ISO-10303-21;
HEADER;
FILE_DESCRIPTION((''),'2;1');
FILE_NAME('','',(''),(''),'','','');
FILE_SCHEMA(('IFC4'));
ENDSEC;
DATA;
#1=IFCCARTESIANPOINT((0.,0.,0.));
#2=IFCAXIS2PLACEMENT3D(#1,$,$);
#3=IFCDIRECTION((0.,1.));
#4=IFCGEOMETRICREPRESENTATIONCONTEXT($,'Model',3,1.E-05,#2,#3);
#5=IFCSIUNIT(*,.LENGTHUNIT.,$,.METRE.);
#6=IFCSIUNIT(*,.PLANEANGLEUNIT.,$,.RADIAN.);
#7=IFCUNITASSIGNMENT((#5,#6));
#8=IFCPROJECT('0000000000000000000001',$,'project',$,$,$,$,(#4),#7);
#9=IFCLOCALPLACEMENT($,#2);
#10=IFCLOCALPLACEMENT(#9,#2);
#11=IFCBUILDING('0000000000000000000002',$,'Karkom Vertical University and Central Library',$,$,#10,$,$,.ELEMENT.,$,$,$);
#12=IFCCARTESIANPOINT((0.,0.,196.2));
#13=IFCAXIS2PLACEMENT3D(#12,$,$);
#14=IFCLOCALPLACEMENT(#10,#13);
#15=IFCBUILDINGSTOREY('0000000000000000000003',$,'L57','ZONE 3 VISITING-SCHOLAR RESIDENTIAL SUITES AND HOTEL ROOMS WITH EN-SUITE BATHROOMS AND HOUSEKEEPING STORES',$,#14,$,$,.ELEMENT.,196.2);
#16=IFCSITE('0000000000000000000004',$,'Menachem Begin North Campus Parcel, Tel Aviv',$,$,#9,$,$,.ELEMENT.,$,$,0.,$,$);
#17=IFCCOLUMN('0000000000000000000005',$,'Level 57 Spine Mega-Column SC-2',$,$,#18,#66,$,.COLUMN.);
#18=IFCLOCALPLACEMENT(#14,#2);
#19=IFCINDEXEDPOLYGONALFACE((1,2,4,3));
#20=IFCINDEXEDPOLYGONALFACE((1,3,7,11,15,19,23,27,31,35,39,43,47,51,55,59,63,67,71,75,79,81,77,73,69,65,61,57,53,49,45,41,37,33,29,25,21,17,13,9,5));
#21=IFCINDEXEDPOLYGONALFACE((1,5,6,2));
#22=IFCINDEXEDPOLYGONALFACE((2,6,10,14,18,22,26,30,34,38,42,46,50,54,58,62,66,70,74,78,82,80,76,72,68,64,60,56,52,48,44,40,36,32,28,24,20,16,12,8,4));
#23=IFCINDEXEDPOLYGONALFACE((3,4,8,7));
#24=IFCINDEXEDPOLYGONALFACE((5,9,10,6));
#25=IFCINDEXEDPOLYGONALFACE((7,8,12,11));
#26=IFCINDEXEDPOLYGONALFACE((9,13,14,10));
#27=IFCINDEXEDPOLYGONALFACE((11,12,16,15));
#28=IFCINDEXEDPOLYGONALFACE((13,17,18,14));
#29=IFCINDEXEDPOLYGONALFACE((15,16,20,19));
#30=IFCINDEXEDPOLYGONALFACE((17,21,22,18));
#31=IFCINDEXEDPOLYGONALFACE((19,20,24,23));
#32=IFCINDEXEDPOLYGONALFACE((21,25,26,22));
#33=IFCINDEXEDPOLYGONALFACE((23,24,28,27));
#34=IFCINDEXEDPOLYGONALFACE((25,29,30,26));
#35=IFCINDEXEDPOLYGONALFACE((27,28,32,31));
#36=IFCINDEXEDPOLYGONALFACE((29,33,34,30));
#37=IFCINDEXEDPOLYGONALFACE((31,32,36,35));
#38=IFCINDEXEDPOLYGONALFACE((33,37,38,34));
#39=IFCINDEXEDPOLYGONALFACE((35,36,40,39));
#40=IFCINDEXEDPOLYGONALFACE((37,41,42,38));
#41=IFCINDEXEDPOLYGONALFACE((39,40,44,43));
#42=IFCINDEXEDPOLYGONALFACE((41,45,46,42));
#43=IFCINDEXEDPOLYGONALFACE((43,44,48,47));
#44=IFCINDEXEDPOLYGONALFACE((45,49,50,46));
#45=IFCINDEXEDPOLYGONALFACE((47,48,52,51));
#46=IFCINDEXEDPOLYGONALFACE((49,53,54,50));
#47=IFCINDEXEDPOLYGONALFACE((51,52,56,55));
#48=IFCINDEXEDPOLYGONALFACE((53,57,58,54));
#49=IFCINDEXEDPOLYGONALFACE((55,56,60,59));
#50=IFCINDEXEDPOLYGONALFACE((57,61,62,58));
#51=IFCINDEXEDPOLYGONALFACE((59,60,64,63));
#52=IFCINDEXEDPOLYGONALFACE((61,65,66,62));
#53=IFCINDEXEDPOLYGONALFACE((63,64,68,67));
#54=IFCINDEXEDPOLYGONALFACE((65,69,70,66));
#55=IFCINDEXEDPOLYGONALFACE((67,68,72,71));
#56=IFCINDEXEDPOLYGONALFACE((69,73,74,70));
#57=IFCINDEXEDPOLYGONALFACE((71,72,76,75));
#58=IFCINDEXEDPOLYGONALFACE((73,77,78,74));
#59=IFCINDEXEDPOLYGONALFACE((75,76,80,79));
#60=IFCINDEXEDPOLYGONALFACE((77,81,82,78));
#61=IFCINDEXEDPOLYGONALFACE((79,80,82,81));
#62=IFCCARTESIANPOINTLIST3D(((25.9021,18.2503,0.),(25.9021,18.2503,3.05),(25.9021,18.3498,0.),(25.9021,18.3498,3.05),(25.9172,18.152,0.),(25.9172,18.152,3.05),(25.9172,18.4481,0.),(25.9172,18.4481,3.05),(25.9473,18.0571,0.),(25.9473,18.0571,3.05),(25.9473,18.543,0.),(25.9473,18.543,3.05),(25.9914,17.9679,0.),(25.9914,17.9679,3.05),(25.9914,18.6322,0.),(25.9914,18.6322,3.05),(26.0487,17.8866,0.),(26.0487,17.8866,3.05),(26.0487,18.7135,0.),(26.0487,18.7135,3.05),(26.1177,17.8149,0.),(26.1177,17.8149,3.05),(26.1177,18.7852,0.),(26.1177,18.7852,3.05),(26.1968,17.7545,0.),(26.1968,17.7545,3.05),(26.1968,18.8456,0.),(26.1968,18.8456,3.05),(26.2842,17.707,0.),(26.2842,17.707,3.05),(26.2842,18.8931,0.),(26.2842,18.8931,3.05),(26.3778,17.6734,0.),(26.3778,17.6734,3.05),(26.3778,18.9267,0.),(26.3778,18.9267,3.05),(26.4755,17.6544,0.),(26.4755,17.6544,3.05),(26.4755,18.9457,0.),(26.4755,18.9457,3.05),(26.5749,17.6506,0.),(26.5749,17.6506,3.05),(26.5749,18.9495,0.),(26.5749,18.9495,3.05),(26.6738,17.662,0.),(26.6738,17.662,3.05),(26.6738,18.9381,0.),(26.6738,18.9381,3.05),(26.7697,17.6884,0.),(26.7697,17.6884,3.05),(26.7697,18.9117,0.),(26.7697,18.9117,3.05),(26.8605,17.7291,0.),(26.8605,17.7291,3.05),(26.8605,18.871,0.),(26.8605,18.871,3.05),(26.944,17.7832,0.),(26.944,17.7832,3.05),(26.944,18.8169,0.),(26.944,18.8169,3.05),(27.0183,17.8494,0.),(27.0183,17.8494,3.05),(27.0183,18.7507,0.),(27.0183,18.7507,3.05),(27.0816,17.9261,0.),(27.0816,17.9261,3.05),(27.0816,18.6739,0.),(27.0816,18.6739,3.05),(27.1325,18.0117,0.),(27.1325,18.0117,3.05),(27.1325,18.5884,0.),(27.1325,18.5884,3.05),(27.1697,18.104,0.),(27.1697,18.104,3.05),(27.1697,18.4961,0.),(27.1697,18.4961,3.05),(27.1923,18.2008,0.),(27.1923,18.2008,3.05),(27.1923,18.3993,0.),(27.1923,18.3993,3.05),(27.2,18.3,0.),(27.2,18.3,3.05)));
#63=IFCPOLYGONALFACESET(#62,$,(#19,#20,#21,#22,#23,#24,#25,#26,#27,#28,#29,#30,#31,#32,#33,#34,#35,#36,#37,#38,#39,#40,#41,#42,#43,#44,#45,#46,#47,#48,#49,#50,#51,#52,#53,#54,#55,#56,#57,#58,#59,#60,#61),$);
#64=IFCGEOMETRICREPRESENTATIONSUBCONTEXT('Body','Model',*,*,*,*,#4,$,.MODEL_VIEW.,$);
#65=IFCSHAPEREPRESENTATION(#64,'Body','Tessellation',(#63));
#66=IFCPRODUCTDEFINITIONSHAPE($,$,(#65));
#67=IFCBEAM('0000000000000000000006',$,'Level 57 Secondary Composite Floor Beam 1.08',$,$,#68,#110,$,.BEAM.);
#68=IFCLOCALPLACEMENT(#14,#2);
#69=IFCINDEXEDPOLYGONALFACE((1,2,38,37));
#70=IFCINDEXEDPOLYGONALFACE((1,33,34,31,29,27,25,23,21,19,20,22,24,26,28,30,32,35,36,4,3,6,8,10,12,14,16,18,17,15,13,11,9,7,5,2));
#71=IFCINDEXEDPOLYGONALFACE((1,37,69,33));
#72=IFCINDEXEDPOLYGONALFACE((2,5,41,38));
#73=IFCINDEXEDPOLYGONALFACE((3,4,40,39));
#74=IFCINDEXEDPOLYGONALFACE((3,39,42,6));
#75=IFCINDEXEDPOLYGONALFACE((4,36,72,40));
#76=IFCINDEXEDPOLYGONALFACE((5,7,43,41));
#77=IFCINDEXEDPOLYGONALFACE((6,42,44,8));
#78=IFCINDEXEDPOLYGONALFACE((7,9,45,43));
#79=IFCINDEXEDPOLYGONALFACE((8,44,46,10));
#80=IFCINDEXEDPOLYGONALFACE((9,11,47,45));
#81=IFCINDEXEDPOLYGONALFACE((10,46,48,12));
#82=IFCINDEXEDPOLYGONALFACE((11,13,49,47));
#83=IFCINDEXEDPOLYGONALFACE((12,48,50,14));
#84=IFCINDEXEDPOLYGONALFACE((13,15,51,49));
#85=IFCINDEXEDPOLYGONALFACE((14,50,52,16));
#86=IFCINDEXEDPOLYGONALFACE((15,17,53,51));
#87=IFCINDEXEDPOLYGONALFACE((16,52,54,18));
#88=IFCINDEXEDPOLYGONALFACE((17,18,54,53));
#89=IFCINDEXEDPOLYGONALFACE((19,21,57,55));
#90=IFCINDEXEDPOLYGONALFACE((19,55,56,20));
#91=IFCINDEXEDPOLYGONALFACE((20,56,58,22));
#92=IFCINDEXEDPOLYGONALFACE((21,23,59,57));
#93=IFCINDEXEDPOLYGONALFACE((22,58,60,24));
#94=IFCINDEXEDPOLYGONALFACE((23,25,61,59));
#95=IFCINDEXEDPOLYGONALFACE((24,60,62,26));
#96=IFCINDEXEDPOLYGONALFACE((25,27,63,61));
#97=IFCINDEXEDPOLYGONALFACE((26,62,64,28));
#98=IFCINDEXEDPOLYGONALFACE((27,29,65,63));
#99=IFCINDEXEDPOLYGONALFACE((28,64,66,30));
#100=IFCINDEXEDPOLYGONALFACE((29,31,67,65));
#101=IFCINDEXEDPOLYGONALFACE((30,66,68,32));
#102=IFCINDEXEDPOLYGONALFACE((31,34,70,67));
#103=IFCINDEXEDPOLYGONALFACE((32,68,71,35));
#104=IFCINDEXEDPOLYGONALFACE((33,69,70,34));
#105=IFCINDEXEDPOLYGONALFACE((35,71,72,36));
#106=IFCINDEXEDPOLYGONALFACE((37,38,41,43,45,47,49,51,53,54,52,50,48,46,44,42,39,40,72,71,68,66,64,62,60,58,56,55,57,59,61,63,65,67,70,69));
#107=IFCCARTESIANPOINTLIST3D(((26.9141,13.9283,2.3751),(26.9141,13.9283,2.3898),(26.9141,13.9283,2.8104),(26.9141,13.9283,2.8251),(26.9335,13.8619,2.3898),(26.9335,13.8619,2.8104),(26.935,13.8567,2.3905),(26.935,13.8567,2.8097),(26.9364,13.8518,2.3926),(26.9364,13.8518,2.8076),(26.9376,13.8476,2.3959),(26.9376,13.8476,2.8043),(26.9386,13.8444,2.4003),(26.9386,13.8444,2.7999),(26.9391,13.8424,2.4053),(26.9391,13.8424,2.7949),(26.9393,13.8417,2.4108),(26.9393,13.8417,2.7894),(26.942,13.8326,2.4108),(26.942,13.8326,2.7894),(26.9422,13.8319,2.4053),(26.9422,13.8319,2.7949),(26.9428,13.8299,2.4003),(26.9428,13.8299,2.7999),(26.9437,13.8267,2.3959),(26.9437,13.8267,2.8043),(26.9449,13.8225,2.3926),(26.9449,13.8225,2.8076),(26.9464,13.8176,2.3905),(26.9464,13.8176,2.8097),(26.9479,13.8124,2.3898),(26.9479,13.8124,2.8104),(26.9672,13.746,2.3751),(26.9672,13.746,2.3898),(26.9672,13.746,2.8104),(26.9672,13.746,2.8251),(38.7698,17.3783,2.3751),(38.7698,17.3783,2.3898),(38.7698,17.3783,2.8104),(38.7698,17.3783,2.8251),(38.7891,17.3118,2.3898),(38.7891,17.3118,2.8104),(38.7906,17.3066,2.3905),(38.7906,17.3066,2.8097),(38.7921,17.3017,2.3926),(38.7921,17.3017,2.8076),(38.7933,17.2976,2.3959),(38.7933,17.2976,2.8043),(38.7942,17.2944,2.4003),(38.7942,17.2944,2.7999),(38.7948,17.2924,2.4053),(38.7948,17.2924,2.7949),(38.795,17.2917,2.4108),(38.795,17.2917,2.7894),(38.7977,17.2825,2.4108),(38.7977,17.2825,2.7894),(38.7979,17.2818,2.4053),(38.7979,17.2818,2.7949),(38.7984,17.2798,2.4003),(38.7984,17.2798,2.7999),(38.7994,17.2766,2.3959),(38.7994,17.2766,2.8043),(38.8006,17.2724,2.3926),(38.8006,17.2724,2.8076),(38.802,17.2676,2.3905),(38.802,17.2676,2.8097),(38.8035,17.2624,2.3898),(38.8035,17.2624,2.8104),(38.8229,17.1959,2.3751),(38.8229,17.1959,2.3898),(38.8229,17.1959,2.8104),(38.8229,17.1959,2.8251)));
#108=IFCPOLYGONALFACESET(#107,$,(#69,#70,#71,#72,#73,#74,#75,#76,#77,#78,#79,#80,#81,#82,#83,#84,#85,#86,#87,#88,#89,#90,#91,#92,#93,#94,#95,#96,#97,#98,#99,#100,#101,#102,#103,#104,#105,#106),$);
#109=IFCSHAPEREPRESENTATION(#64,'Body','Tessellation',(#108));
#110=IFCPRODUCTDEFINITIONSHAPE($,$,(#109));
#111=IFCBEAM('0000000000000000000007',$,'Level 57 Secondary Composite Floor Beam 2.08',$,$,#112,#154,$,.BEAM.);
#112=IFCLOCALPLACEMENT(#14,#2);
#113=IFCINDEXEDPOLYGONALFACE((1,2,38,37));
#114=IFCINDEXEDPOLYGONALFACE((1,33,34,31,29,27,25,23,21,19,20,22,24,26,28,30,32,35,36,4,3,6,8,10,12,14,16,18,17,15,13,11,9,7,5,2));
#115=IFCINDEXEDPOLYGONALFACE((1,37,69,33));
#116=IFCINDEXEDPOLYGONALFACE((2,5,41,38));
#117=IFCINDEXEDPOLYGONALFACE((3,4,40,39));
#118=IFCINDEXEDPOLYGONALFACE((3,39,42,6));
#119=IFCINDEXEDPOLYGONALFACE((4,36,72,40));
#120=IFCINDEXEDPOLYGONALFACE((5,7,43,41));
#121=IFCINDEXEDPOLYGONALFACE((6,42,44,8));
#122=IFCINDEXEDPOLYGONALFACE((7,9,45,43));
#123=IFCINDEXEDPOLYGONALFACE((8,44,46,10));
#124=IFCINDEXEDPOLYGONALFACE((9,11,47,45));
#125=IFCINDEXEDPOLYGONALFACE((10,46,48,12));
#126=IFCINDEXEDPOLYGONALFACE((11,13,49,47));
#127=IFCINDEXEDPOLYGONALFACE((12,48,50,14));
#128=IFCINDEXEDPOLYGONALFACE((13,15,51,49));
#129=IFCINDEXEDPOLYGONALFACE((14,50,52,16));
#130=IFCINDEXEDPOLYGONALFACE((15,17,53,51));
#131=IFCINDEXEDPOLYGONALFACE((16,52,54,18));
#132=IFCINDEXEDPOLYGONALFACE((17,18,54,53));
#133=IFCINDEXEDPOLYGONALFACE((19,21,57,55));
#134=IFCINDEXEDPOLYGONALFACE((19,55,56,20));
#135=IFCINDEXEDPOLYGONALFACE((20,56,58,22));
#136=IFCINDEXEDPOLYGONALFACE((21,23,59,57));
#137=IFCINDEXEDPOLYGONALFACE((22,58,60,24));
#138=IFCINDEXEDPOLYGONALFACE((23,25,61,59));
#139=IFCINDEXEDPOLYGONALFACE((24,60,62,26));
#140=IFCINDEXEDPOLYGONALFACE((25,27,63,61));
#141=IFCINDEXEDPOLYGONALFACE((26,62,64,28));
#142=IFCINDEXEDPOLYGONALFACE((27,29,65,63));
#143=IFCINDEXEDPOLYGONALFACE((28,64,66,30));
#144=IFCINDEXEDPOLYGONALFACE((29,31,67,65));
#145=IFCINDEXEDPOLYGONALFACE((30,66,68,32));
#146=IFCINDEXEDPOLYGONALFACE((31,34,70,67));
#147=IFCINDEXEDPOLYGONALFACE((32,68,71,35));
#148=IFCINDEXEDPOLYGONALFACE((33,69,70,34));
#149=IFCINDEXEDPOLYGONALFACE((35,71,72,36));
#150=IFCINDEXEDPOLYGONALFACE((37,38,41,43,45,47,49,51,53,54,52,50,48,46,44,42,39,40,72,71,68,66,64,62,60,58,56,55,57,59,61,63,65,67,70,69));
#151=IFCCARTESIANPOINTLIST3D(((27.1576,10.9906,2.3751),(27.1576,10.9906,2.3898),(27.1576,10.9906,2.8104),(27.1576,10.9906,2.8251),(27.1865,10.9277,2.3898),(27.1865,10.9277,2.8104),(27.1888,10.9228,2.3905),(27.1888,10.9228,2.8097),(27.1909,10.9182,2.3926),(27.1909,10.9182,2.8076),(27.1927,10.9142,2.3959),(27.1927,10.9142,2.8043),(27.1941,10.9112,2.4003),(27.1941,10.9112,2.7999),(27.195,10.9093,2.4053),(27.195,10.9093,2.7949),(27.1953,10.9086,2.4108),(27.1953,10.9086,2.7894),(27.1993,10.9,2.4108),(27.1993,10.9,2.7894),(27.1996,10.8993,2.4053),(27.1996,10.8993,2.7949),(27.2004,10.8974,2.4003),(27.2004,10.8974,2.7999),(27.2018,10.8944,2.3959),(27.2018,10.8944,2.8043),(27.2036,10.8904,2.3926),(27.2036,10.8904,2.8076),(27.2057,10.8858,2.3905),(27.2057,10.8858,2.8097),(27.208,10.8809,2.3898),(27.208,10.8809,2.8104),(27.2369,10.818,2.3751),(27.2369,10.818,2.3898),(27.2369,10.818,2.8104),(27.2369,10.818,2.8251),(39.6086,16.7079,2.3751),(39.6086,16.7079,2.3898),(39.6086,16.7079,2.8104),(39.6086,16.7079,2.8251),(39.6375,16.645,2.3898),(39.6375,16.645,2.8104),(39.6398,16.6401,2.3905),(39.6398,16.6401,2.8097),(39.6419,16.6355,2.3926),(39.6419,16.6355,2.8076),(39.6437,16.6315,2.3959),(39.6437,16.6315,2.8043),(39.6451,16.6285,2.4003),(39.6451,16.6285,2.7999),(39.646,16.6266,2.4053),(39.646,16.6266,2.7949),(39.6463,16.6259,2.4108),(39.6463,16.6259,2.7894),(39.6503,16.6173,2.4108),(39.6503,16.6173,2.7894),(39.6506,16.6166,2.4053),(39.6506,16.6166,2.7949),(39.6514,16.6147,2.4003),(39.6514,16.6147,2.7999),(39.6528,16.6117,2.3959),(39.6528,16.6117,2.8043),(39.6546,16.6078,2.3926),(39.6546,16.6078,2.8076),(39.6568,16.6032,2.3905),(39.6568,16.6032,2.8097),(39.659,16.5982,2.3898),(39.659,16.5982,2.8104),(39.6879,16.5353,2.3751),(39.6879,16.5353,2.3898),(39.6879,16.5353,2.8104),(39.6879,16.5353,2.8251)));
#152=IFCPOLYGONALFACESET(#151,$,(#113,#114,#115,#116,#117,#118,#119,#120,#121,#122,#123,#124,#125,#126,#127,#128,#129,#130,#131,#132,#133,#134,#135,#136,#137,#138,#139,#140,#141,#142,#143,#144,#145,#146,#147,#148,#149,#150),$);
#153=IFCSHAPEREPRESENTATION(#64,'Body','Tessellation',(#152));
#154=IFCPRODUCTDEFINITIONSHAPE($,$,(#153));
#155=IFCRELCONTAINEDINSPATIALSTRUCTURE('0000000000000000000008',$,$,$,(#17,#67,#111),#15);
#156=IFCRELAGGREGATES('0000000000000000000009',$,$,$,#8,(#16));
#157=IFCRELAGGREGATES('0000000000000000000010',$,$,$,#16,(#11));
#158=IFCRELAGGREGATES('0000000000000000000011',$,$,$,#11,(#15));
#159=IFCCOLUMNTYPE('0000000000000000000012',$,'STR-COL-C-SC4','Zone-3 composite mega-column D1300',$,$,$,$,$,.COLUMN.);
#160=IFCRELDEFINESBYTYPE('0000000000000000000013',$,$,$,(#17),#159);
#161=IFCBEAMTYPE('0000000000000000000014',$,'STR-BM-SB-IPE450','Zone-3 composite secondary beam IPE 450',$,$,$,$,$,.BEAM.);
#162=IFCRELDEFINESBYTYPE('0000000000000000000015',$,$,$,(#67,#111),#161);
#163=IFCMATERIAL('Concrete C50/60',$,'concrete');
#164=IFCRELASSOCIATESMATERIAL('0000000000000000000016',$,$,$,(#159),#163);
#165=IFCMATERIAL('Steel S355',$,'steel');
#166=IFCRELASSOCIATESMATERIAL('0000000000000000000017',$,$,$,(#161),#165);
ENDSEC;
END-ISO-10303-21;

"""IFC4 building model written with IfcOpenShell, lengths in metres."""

from ifc_helpers import new_model, si_unit, direction, frame, origin, origin_with_axes, origin_2d, place, context, subcontext, project, spatial, circle, i_section, extrude, source, transform, mapped, material, material_profile, profile_set, type_object, element, save


model = new_model("IFC4")

# Units and contexts
model_context = context("Model", 3, precision=1e-05, world=origin(), true_north=direction((0.0, 1.0)))
body_context = subcontext(model_context, "Body", "Model", "MODEL_VIEW")
ifc_project = project(units=[si_unit("LENGTHUNIT", "METRE"), si_unit("PLANEANGLEUNIT", "RADIAN")], contexts=[model_context])

# Site, building, storey
site_placement = place(None, origin())
site = spatial("IfcSite", under=ifc_project, at=site_placement, Name="Menachem Begin North Campus Parcel, Tel Aviv", CompositionType="ELEMENT", RefElevation=0.0)
building_placement = place(site_placement, origin())
building = spatial("IfcBuilding", under=site, at=building_placement, Name="Karkom Vertical University and Central Library", CompositionType="ELEMENT")
storey_placement = place(building_placement, frame((0.0, 0.0, 196.2)))
storey = spatial("IfcBuildingStorey", under=building, at=storey_placement, Name="L57", Description="ZONE 3 VISITING-SCHOLAR RESIDENTIAL SUITES AND HOTEL ROOMS WITH EN-SUITE BATHROOMS AND HOUSEKEEPING STORES", CompositionType="ELEMENT", Elevation=196.2)

# Column
ifc_material_1 = material(Name="Concrete C50/60", Category="concrete")
ifc_material_profile_1 = material_profile(ifc_material_1, circle(Radius=0.6499, at=origin_2d()), Name="CFT-D1300")
ifc_profile_set_1 = profile_set([ifc_material_profile_1], Name="Concrete C50/60")
column_type = type_object("IfcColumnType", Name="STR-COL-C-SC4", Description="Zone-3 composite mega-column D1300", PredefinedType="COLUMN", material=ifc_profile_set_1)
shared_shape_1 = source(origin_with_axes(), body_context, "Body", "SweptSolid", [
    extrude(circle(Radius=0.6499, at=origin_2d()), origin(), (0.0, 0.0, 1.0), 3.05),
])
column_placement = place(storey_placement, frame((26.55, 18.3, 0.0), z_axis=(0.0, 0.0, 1.0), x_axis=(1.0, 0.0, 0.0)))
element("IfcColumn", 1, at=column_placement, inside=storey, type_object=column_type, Name="Level 57 Spine Mega-Column SC-2", PredefinedType="COLUMN", context=body_context, shape_type="MappedRepresentation", body=[
    mapped(shared_shape_1, transform((0.0, 0.0, 0.0), scale=1.0)),
])

# Beams
ifc_material_2 = material(Name="Steel S355", Category="steel")
ifc_material_profile_2 = material_profile(ifc_material_2, i_section(OverallWidth=0.1899, OverallDepth=0.45, WebThickness=0.0095, FlangeThickness=0.0146, FilletRadius=0.021, at=origin_2d()), Name="IPE 450")
ifc_profile_set_2 = profile_set([ifc_material_profile_2], Name="Steel S355")
beam_type_1 = type_object("IfcBeamType", Name="STR-BM-SB-IPE450", Description="Zone-3 composite secondary beam IPE 450", PredefinedType="BEAM", material=ifc_profile_set_2)
shared_shape_2 = source(origin_with_axes(), body_context, "Body", "SweptSolid", [
    extrude(i_section(OverallWidth=0.1899, OverallDepth=0.45, WebThickness=0.0095, FlangeThickness=0.0146, FilletRadius=0.021, at=origin_2d()), origin(), (0.0, 0.0, 1.0), 12.3474),
])
beam_1_placement = place(storey_placement, frame((26.9407, 13.8372, 2.6001), z_axis=(0.960173, 0.279405, 0.0), x_axis=(-0.279405, 0.960173, 0.0)))
element("IfcBeam", 2, at=beam_1_placement, inside=storey, type_object=beam_type_1, Name="Level 57 Secondary Composite Floor Beam 1.08", PredefinedType="BEAM", context=body_context, shape_type="MappedRepresentation", body=[
    mapped(shared_shape_2, transform((0.0, 0.0, 0.0), scale=1.0)),
])
shared_shape_3 = source(origin_with_axes(), body_context, "Body", "SweptSolid", [
    extrude(i_section(OverallWidth=0.1899, OverallDepth=0.45, WebThickness=0.0095, FlangeThickness=0.0146, FilletRadius=0.021, at=origin_2d()), origin(), (0.0, 0.0, 1.0), 13.7009),
])
beam_2_placement = place(storey_placement, frame((27.1973, 10.9043, 2.6001), z_axis=(0.908771, 0.417295, 0.0), x_axis=(-0.417295, 0.908771, 0.0)))
element("IfcBeam", 3, at=beam_2_placement, inside=storey, type_object=beam_type_1, Name="Level 57 Secondary Composite Floor Beam 2.08", PredefinedType="BEAM", context=body_context, shape_type="MappedRepresentation", body=[
    mapped(shared_shape_3, transform((0.0, 0.0, 0.0), scale=1.0)),
])

save(model, "model.ifc")
